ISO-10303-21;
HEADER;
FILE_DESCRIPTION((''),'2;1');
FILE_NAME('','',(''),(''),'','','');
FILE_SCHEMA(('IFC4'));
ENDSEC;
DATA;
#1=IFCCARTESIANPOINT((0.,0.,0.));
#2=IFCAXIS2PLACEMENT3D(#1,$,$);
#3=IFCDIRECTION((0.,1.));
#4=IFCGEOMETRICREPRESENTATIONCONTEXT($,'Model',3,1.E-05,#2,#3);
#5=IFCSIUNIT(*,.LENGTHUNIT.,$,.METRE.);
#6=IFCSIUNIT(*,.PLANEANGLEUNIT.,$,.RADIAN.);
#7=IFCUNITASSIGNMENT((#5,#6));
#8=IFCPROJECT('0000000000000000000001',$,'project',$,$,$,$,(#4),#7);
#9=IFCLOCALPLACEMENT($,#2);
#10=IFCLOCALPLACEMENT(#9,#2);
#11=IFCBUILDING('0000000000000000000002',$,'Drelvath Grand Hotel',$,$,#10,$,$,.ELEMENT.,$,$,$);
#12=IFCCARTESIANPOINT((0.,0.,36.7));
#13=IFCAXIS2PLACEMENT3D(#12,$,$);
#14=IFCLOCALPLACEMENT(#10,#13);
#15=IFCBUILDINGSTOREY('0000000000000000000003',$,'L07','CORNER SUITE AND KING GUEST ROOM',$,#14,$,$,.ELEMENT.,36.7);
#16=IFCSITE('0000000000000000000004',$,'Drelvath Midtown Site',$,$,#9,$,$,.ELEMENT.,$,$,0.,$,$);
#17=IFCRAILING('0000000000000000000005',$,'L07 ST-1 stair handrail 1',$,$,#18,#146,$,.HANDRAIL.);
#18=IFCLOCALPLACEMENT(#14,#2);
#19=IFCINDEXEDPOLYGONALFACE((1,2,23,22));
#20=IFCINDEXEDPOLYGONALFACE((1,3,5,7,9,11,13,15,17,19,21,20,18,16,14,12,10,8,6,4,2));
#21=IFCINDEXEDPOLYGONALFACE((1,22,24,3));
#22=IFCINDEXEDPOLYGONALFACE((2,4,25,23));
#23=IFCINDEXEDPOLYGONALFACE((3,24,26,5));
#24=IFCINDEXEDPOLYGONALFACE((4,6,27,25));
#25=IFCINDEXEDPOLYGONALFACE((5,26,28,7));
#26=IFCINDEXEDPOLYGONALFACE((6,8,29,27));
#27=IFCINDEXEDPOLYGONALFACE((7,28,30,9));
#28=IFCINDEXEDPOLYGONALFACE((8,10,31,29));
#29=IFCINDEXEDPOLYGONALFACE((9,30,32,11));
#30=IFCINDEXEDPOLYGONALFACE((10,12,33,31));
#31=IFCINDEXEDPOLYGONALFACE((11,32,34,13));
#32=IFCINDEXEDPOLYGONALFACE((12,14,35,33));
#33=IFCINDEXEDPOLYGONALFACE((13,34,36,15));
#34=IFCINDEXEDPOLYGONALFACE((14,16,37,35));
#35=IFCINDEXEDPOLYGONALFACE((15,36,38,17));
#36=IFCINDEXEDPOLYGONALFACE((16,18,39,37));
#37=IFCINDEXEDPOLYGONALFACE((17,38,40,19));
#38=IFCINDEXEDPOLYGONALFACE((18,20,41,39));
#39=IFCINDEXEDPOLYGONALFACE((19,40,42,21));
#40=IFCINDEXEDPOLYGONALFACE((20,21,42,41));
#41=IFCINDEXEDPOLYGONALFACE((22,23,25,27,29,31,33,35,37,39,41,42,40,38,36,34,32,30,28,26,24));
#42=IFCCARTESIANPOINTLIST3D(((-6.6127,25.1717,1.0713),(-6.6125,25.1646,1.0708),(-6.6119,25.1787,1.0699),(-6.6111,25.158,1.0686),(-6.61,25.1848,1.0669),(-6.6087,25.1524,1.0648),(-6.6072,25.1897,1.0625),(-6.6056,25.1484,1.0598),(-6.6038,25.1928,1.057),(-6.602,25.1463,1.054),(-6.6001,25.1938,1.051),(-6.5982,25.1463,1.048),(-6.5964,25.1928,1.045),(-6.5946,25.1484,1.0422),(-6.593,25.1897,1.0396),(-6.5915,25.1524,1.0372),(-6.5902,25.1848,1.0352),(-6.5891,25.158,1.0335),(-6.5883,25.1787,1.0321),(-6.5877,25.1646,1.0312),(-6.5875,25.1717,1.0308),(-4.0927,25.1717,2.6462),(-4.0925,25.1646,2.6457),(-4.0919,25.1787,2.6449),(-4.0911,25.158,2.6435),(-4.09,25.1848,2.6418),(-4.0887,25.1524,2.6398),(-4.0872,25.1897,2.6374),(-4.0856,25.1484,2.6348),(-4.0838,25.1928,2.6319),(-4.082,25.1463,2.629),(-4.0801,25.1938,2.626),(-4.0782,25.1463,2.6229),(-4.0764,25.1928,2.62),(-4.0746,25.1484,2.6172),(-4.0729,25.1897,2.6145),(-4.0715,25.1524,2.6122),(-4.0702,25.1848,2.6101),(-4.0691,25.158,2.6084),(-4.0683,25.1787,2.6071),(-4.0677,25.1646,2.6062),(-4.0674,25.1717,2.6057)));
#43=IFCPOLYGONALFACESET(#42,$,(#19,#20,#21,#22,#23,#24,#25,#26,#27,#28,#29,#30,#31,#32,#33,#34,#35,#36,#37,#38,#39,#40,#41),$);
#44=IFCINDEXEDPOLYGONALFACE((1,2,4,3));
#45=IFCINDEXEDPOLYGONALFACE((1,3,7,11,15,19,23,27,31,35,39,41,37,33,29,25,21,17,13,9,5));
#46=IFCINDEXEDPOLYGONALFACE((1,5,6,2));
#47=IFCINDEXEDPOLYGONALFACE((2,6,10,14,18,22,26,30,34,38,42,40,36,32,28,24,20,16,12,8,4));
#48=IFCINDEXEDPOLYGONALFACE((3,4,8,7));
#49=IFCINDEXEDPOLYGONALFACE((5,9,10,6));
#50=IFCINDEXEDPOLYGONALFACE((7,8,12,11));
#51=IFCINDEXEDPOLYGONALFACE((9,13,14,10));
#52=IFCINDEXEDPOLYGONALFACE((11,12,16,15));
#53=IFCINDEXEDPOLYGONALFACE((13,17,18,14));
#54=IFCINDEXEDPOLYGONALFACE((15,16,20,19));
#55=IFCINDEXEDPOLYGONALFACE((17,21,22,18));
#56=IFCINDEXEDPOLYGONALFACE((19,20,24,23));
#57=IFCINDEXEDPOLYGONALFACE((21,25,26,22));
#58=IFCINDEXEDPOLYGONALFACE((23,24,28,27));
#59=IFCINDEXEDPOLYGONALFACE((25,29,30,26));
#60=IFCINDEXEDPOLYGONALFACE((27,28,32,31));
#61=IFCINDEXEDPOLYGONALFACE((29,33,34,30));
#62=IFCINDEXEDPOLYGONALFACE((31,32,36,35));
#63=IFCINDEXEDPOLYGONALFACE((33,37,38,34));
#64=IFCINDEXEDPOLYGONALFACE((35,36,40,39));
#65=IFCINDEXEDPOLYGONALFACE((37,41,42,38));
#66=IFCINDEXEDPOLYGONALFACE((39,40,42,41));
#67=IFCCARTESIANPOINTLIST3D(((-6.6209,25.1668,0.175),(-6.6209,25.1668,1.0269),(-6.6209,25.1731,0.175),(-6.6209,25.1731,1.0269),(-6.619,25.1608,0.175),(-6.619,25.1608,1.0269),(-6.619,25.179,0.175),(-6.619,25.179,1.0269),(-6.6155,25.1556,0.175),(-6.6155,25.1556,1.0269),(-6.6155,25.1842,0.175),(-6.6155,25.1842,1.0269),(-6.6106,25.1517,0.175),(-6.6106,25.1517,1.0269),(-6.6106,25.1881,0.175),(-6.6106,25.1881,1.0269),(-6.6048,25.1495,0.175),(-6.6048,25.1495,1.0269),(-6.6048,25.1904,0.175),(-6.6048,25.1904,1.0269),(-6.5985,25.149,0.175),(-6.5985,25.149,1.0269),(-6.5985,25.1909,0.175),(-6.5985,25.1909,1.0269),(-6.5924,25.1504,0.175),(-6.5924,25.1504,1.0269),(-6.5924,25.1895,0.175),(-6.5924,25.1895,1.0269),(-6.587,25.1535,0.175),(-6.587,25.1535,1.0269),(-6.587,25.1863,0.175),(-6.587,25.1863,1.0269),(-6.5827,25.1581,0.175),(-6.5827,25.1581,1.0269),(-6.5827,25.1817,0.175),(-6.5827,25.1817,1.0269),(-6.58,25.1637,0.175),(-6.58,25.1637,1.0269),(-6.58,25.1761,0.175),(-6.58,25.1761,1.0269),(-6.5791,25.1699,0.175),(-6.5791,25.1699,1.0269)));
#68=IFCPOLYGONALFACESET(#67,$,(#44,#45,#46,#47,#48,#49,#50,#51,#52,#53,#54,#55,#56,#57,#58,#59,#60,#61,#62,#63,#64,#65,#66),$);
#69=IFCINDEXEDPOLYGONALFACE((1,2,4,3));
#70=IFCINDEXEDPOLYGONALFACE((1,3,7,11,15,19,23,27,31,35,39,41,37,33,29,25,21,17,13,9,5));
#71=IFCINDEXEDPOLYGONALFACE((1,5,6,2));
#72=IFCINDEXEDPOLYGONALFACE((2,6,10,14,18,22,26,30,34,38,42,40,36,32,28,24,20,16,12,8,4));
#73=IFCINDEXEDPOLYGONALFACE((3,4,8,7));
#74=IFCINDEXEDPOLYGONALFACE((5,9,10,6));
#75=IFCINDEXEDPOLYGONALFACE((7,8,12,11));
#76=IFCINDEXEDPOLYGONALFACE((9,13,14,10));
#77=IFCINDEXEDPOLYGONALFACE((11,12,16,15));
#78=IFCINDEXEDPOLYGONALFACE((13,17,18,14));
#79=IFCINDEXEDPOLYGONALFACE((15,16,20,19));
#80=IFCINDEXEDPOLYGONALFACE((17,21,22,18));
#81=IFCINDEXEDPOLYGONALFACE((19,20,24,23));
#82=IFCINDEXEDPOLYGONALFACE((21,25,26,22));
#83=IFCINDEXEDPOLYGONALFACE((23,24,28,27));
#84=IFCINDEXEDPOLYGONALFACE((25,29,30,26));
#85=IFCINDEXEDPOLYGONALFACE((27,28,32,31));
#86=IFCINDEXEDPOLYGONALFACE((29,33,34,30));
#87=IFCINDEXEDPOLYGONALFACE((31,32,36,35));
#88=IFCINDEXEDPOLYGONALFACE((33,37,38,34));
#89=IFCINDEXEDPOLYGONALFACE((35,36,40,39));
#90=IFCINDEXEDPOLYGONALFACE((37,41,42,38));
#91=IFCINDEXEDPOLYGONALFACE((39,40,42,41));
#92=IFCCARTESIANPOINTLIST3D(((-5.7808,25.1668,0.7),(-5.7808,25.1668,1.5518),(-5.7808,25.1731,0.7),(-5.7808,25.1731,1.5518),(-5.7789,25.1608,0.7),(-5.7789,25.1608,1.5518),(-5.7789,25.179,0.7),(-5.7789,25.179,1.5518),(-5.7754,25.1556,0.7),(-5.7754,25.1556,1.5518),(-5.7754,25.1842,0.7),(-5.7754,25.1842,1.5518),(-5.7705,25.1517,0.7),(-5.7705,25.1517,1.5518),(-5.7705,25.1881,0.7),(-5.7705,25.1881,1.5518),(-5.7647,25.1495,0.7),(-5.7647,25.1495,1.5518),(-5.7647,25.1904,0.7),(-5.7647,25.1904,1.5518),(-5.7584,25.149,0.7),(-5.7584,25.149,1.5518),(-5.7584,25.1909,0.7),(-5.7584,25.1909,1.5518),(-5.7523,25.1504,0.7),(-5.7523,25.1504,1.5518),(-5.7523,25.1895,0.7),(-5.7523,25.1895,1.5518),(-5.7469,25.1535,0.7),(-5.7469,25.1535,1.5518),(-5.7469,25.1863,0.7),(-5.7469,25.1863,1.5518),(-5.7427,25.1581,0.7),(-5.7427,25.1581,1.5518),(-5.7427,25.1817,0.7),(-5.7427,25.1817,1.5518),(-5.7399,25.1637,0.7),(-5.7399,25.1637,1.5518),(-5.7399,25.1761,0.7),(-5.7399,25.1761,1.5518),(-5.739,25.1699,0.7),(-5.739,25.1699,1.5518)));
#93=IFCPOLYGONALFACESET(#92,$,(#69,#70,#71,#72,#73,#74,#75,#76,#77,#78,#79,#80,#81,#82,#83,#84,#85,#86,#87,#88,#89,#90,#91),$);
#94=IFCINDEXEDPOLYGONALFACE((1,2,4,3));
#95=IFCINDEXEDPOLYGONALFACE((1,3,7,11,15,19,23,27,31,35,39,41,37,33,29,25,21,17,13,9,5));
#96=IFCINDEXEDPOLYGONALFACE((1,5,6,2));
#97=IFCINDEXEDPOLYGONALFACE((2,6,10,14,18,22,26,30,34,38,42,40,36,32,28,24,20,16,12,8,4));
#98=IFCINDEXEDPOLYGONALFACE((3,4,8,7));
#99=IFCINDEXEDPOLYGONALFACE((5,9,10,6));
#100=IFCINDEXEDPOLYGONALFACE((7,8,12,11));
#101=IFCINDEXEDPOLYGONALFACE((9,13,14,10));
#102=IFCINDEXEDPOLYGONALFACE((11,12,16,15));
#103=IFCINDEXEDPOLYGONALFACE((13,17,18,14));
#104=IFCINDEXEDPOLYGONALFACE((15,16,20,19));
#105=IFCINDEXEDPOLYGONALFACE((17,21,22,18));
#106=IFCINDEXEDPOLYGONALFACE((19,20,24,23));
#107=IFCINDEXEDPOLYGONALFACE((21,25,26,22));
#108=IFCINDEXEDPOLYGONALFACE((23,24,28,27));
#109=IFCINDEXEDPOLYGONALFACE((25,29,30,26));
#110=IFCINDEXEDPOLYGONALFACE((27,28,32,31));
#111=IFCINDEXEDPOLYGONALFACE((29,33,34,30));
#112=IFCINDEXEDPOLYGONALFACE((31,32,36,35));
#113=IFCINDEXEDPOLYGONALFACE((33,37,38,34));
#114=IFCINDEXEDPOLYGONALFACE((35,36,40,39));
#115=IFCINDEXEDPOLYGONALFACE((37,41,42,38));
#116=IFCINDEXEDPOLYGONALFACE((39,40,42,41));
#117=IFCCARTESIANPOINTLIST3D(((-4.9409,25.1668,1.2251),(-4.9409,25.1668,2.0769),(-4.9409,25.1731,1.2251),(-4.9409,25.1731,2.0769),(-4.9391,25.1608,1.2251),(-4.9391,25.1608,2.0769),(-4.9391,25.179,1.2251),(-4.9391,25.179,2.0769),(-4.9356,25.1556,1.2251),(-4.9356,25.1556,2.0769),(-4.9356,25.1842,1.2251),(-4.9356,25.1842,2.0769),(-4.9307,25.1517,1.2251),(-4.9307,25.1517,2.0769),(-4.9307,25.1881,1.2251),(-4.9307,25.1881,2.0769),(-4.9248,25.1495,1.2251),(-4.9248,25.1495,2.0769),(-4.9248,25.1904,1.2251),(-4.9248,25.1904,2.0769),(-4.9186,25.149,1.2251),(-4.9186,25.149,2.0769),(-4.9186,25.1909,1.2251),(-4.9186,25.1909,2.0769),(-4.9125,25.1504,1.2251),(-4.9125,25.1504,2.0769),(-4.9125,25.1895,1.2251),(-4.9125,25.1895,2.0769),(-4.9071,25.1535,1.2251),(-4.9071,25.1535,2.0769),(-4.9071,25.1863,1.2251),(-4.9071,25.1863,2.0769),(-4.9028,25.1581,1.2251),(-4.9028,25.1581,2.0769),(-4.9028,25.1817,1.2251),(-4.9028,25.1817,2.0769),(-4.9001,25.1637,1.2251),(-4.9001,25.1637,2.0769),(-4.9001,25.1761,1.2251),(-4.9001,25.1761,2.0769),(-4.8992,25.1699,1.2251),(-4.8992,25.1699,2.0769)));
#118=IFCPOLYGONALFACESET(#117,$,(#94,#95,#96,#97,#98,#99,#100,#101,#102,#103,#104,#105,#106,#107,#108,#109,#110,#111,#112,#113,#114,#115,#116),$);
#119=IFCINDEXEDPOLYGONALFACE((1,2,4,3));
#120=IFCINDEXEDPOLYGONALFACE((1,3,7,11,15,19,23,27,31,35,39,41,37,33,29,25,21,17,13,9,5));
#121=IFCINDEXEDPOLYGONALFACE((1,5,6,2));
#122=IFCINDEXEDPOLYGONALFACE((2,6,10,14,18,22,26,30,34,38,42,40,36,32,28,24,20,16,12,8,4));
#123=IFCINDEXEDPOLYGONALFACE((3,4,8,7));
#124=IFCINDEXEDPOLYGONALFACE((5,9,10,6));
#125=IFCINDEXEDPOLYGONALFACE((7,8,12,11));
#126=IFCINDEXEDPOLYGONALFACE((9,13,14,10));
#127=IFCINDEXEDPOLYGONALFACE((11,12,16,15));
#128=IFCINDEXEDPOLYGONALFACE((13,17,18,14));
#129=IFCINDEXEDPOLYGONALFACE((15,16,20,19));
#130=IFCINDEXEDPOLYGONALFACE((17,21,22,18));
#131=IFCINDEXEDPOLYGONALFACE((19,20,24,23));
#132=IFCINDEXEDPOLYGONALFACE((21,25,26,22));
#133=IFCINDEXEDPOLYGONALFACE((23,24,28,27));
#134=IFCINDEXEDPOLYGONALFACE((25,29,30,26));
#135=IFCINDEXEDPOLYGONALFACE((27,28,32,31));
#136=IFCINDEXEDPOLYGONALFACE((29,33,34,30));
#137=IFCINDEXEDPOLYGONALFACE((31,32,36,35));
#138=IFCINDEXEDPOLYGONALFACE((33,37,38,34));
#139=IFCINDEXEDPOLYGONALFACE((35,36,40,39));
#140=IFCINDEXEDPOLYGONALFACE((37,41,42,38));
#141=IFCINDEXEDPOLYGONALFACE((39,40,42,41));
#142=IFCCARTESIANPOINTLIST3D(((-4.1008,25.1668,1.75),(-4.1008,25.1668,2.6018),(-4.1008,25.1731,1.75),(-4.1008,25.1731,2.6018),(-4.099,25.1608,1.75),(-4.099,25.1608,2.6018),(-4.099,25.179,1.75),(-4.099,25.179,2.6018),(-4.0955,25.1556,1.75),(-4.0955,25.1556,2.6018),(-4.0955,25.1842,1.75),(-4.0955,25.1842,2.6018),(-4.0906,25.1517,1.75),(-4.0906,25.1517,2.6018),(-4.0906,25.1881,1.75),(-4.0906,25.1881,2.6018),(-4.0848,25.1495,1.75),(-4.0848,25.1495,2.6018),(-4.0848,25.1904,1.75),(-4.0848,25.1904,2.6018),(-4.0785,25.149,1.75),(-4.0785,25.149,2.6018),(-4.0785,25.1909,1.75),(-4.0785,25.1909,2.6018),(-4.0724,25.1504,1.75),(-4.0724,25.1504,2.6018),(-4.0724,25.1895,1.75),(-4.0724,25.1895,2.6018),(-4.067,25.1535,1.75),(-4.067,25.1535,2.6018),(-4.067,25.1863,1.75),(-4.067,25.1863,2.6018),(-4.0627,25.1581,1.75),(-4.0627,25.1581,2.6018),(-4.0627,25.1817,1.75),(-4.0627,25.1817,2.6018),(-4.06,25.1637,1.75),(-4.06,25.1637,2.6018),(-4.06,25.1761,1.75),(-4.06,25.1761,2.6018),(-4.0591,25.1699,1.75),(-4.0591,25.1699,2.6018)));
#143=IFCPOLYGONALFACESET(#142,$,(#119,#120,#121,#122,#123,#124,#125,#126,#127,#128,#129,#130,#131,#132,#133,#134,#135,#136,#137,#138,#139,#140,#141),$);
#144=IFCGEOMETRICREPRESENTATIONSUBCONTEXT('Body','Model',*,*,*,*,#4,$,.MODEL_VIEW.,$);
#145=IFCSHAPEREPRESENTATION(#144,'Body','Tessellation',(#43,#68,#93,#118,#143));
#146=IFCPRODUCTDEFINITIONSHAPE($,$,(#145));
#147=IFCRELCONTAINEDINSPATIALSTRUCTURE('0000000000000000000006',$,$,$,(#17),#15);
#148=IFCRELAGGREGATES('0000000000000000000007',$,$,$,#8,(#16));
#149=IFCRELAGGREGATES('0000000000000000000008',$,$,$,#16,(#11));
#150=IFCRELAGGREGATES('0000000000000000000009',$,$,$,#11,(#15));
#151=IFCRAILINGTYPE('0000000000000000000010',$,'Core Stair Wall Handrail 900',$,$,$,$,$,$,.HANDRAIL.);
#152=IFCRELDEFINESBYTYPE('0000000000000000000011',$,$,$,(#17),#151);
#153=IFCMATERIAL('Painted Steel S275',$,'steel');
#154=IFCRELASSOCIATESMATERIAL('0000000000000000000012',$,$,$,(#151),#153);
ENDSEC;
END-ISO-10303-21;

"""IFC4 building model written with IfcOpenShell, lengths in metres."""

from ifc_helpers import new_model, si_unit, direction, frame, origin, origin_2d, place, context, subcontext, project, spatial, circle, extrude, material, type_object, element, save


model = new_model("IFC4")

# Units and contexts
model_context = context("Model", 3, precision=1e-05, world=origin(), true_north=direction((0.0, 1.0)))
body_context = subcontext(model_context, "Body", "Model", "MODEL_VIEW")
ifc_project = project(units=[si_unit("LENGTHUNIT", "METRE"), si_unit("PLANEANGLEUNIT", "RADIAN")], contexts=[model_context])

# Site, building, storey
site_placement = place(None, origin())
site = spatial("IfcSite", under=ifc_project, at=site_placement, Name="Drelvath Midtown Site", CompositionType="ELEMENT", RefElevation=0.0)
building_placement = place(site_placement, origin())
building = spatial("IfcBuilding", under=site, at=building_placement, Name="Drelvath Grand Hotel", CompositionType="ELEMENT")
storey_placement = place(building_placement, frame((0.0, 0.0, 36.7)))
storey = spatial("IfcBuildingStorey", under=building, at=storey_placement, Name="L07", Description="CORNER SUITE AND KING GUEST ROOM", CompositionType="ELEMENT", Elevation=36.7)

# Shared definitions
ifc_material_1 = material(Name="Painted Steel S275", Category="steel")

# Railing
railing_type_1 = type_object("IfcRailingType", Name="Core Stair Wall Handrail 900", PredefinedType="HANDRAIL", material=ifc_material_1)
railing_1_placement = place(storey_placement, frame((-6.6001, 25.1699, 0.175)))
element("IfcRailing", 1, at=railing_1_placement, inside=storey, type_object=railing_type_1, Name="L07 ST-1 stair handrail 1", PredefinedType="HANDRAIL", context=body_context, shape_type="SweptSolid", body=[
    extrude(circle(Radius=0.0239, at=origin_2d()), frame((0.0, 0.0, 0.876), z_axis=(0.848008, 0.0, 0.529984), x_axis=(0.0, 1.0, 0.0)), (0.0, 0.0, 1.0), 2.9717),
    extrude(circle(Radius=0.021, at=origin_2d()), origin(), (0.0, 0.0, 1.0), 0.8518),
    extrude(circle(Radius=0.021, at=origin_2d()), frame((0.8401, 0.0, 0.5249)), (0.0, 0.0, 1.0), 0.8518),
    extrude(circle(Radius=0.021, at=origin_2d()), frame((1.6799, 0.0, 1.05)), (0.0, 0.0, 1.0), 0.8518),
    extrude(circle(Radius=0.021, at=origin_2d()), frame((2.52, 0.0, 1.575)), (0.0, 0.0, 1.0), 0.8518),
])

save(model, "model.ifc")
